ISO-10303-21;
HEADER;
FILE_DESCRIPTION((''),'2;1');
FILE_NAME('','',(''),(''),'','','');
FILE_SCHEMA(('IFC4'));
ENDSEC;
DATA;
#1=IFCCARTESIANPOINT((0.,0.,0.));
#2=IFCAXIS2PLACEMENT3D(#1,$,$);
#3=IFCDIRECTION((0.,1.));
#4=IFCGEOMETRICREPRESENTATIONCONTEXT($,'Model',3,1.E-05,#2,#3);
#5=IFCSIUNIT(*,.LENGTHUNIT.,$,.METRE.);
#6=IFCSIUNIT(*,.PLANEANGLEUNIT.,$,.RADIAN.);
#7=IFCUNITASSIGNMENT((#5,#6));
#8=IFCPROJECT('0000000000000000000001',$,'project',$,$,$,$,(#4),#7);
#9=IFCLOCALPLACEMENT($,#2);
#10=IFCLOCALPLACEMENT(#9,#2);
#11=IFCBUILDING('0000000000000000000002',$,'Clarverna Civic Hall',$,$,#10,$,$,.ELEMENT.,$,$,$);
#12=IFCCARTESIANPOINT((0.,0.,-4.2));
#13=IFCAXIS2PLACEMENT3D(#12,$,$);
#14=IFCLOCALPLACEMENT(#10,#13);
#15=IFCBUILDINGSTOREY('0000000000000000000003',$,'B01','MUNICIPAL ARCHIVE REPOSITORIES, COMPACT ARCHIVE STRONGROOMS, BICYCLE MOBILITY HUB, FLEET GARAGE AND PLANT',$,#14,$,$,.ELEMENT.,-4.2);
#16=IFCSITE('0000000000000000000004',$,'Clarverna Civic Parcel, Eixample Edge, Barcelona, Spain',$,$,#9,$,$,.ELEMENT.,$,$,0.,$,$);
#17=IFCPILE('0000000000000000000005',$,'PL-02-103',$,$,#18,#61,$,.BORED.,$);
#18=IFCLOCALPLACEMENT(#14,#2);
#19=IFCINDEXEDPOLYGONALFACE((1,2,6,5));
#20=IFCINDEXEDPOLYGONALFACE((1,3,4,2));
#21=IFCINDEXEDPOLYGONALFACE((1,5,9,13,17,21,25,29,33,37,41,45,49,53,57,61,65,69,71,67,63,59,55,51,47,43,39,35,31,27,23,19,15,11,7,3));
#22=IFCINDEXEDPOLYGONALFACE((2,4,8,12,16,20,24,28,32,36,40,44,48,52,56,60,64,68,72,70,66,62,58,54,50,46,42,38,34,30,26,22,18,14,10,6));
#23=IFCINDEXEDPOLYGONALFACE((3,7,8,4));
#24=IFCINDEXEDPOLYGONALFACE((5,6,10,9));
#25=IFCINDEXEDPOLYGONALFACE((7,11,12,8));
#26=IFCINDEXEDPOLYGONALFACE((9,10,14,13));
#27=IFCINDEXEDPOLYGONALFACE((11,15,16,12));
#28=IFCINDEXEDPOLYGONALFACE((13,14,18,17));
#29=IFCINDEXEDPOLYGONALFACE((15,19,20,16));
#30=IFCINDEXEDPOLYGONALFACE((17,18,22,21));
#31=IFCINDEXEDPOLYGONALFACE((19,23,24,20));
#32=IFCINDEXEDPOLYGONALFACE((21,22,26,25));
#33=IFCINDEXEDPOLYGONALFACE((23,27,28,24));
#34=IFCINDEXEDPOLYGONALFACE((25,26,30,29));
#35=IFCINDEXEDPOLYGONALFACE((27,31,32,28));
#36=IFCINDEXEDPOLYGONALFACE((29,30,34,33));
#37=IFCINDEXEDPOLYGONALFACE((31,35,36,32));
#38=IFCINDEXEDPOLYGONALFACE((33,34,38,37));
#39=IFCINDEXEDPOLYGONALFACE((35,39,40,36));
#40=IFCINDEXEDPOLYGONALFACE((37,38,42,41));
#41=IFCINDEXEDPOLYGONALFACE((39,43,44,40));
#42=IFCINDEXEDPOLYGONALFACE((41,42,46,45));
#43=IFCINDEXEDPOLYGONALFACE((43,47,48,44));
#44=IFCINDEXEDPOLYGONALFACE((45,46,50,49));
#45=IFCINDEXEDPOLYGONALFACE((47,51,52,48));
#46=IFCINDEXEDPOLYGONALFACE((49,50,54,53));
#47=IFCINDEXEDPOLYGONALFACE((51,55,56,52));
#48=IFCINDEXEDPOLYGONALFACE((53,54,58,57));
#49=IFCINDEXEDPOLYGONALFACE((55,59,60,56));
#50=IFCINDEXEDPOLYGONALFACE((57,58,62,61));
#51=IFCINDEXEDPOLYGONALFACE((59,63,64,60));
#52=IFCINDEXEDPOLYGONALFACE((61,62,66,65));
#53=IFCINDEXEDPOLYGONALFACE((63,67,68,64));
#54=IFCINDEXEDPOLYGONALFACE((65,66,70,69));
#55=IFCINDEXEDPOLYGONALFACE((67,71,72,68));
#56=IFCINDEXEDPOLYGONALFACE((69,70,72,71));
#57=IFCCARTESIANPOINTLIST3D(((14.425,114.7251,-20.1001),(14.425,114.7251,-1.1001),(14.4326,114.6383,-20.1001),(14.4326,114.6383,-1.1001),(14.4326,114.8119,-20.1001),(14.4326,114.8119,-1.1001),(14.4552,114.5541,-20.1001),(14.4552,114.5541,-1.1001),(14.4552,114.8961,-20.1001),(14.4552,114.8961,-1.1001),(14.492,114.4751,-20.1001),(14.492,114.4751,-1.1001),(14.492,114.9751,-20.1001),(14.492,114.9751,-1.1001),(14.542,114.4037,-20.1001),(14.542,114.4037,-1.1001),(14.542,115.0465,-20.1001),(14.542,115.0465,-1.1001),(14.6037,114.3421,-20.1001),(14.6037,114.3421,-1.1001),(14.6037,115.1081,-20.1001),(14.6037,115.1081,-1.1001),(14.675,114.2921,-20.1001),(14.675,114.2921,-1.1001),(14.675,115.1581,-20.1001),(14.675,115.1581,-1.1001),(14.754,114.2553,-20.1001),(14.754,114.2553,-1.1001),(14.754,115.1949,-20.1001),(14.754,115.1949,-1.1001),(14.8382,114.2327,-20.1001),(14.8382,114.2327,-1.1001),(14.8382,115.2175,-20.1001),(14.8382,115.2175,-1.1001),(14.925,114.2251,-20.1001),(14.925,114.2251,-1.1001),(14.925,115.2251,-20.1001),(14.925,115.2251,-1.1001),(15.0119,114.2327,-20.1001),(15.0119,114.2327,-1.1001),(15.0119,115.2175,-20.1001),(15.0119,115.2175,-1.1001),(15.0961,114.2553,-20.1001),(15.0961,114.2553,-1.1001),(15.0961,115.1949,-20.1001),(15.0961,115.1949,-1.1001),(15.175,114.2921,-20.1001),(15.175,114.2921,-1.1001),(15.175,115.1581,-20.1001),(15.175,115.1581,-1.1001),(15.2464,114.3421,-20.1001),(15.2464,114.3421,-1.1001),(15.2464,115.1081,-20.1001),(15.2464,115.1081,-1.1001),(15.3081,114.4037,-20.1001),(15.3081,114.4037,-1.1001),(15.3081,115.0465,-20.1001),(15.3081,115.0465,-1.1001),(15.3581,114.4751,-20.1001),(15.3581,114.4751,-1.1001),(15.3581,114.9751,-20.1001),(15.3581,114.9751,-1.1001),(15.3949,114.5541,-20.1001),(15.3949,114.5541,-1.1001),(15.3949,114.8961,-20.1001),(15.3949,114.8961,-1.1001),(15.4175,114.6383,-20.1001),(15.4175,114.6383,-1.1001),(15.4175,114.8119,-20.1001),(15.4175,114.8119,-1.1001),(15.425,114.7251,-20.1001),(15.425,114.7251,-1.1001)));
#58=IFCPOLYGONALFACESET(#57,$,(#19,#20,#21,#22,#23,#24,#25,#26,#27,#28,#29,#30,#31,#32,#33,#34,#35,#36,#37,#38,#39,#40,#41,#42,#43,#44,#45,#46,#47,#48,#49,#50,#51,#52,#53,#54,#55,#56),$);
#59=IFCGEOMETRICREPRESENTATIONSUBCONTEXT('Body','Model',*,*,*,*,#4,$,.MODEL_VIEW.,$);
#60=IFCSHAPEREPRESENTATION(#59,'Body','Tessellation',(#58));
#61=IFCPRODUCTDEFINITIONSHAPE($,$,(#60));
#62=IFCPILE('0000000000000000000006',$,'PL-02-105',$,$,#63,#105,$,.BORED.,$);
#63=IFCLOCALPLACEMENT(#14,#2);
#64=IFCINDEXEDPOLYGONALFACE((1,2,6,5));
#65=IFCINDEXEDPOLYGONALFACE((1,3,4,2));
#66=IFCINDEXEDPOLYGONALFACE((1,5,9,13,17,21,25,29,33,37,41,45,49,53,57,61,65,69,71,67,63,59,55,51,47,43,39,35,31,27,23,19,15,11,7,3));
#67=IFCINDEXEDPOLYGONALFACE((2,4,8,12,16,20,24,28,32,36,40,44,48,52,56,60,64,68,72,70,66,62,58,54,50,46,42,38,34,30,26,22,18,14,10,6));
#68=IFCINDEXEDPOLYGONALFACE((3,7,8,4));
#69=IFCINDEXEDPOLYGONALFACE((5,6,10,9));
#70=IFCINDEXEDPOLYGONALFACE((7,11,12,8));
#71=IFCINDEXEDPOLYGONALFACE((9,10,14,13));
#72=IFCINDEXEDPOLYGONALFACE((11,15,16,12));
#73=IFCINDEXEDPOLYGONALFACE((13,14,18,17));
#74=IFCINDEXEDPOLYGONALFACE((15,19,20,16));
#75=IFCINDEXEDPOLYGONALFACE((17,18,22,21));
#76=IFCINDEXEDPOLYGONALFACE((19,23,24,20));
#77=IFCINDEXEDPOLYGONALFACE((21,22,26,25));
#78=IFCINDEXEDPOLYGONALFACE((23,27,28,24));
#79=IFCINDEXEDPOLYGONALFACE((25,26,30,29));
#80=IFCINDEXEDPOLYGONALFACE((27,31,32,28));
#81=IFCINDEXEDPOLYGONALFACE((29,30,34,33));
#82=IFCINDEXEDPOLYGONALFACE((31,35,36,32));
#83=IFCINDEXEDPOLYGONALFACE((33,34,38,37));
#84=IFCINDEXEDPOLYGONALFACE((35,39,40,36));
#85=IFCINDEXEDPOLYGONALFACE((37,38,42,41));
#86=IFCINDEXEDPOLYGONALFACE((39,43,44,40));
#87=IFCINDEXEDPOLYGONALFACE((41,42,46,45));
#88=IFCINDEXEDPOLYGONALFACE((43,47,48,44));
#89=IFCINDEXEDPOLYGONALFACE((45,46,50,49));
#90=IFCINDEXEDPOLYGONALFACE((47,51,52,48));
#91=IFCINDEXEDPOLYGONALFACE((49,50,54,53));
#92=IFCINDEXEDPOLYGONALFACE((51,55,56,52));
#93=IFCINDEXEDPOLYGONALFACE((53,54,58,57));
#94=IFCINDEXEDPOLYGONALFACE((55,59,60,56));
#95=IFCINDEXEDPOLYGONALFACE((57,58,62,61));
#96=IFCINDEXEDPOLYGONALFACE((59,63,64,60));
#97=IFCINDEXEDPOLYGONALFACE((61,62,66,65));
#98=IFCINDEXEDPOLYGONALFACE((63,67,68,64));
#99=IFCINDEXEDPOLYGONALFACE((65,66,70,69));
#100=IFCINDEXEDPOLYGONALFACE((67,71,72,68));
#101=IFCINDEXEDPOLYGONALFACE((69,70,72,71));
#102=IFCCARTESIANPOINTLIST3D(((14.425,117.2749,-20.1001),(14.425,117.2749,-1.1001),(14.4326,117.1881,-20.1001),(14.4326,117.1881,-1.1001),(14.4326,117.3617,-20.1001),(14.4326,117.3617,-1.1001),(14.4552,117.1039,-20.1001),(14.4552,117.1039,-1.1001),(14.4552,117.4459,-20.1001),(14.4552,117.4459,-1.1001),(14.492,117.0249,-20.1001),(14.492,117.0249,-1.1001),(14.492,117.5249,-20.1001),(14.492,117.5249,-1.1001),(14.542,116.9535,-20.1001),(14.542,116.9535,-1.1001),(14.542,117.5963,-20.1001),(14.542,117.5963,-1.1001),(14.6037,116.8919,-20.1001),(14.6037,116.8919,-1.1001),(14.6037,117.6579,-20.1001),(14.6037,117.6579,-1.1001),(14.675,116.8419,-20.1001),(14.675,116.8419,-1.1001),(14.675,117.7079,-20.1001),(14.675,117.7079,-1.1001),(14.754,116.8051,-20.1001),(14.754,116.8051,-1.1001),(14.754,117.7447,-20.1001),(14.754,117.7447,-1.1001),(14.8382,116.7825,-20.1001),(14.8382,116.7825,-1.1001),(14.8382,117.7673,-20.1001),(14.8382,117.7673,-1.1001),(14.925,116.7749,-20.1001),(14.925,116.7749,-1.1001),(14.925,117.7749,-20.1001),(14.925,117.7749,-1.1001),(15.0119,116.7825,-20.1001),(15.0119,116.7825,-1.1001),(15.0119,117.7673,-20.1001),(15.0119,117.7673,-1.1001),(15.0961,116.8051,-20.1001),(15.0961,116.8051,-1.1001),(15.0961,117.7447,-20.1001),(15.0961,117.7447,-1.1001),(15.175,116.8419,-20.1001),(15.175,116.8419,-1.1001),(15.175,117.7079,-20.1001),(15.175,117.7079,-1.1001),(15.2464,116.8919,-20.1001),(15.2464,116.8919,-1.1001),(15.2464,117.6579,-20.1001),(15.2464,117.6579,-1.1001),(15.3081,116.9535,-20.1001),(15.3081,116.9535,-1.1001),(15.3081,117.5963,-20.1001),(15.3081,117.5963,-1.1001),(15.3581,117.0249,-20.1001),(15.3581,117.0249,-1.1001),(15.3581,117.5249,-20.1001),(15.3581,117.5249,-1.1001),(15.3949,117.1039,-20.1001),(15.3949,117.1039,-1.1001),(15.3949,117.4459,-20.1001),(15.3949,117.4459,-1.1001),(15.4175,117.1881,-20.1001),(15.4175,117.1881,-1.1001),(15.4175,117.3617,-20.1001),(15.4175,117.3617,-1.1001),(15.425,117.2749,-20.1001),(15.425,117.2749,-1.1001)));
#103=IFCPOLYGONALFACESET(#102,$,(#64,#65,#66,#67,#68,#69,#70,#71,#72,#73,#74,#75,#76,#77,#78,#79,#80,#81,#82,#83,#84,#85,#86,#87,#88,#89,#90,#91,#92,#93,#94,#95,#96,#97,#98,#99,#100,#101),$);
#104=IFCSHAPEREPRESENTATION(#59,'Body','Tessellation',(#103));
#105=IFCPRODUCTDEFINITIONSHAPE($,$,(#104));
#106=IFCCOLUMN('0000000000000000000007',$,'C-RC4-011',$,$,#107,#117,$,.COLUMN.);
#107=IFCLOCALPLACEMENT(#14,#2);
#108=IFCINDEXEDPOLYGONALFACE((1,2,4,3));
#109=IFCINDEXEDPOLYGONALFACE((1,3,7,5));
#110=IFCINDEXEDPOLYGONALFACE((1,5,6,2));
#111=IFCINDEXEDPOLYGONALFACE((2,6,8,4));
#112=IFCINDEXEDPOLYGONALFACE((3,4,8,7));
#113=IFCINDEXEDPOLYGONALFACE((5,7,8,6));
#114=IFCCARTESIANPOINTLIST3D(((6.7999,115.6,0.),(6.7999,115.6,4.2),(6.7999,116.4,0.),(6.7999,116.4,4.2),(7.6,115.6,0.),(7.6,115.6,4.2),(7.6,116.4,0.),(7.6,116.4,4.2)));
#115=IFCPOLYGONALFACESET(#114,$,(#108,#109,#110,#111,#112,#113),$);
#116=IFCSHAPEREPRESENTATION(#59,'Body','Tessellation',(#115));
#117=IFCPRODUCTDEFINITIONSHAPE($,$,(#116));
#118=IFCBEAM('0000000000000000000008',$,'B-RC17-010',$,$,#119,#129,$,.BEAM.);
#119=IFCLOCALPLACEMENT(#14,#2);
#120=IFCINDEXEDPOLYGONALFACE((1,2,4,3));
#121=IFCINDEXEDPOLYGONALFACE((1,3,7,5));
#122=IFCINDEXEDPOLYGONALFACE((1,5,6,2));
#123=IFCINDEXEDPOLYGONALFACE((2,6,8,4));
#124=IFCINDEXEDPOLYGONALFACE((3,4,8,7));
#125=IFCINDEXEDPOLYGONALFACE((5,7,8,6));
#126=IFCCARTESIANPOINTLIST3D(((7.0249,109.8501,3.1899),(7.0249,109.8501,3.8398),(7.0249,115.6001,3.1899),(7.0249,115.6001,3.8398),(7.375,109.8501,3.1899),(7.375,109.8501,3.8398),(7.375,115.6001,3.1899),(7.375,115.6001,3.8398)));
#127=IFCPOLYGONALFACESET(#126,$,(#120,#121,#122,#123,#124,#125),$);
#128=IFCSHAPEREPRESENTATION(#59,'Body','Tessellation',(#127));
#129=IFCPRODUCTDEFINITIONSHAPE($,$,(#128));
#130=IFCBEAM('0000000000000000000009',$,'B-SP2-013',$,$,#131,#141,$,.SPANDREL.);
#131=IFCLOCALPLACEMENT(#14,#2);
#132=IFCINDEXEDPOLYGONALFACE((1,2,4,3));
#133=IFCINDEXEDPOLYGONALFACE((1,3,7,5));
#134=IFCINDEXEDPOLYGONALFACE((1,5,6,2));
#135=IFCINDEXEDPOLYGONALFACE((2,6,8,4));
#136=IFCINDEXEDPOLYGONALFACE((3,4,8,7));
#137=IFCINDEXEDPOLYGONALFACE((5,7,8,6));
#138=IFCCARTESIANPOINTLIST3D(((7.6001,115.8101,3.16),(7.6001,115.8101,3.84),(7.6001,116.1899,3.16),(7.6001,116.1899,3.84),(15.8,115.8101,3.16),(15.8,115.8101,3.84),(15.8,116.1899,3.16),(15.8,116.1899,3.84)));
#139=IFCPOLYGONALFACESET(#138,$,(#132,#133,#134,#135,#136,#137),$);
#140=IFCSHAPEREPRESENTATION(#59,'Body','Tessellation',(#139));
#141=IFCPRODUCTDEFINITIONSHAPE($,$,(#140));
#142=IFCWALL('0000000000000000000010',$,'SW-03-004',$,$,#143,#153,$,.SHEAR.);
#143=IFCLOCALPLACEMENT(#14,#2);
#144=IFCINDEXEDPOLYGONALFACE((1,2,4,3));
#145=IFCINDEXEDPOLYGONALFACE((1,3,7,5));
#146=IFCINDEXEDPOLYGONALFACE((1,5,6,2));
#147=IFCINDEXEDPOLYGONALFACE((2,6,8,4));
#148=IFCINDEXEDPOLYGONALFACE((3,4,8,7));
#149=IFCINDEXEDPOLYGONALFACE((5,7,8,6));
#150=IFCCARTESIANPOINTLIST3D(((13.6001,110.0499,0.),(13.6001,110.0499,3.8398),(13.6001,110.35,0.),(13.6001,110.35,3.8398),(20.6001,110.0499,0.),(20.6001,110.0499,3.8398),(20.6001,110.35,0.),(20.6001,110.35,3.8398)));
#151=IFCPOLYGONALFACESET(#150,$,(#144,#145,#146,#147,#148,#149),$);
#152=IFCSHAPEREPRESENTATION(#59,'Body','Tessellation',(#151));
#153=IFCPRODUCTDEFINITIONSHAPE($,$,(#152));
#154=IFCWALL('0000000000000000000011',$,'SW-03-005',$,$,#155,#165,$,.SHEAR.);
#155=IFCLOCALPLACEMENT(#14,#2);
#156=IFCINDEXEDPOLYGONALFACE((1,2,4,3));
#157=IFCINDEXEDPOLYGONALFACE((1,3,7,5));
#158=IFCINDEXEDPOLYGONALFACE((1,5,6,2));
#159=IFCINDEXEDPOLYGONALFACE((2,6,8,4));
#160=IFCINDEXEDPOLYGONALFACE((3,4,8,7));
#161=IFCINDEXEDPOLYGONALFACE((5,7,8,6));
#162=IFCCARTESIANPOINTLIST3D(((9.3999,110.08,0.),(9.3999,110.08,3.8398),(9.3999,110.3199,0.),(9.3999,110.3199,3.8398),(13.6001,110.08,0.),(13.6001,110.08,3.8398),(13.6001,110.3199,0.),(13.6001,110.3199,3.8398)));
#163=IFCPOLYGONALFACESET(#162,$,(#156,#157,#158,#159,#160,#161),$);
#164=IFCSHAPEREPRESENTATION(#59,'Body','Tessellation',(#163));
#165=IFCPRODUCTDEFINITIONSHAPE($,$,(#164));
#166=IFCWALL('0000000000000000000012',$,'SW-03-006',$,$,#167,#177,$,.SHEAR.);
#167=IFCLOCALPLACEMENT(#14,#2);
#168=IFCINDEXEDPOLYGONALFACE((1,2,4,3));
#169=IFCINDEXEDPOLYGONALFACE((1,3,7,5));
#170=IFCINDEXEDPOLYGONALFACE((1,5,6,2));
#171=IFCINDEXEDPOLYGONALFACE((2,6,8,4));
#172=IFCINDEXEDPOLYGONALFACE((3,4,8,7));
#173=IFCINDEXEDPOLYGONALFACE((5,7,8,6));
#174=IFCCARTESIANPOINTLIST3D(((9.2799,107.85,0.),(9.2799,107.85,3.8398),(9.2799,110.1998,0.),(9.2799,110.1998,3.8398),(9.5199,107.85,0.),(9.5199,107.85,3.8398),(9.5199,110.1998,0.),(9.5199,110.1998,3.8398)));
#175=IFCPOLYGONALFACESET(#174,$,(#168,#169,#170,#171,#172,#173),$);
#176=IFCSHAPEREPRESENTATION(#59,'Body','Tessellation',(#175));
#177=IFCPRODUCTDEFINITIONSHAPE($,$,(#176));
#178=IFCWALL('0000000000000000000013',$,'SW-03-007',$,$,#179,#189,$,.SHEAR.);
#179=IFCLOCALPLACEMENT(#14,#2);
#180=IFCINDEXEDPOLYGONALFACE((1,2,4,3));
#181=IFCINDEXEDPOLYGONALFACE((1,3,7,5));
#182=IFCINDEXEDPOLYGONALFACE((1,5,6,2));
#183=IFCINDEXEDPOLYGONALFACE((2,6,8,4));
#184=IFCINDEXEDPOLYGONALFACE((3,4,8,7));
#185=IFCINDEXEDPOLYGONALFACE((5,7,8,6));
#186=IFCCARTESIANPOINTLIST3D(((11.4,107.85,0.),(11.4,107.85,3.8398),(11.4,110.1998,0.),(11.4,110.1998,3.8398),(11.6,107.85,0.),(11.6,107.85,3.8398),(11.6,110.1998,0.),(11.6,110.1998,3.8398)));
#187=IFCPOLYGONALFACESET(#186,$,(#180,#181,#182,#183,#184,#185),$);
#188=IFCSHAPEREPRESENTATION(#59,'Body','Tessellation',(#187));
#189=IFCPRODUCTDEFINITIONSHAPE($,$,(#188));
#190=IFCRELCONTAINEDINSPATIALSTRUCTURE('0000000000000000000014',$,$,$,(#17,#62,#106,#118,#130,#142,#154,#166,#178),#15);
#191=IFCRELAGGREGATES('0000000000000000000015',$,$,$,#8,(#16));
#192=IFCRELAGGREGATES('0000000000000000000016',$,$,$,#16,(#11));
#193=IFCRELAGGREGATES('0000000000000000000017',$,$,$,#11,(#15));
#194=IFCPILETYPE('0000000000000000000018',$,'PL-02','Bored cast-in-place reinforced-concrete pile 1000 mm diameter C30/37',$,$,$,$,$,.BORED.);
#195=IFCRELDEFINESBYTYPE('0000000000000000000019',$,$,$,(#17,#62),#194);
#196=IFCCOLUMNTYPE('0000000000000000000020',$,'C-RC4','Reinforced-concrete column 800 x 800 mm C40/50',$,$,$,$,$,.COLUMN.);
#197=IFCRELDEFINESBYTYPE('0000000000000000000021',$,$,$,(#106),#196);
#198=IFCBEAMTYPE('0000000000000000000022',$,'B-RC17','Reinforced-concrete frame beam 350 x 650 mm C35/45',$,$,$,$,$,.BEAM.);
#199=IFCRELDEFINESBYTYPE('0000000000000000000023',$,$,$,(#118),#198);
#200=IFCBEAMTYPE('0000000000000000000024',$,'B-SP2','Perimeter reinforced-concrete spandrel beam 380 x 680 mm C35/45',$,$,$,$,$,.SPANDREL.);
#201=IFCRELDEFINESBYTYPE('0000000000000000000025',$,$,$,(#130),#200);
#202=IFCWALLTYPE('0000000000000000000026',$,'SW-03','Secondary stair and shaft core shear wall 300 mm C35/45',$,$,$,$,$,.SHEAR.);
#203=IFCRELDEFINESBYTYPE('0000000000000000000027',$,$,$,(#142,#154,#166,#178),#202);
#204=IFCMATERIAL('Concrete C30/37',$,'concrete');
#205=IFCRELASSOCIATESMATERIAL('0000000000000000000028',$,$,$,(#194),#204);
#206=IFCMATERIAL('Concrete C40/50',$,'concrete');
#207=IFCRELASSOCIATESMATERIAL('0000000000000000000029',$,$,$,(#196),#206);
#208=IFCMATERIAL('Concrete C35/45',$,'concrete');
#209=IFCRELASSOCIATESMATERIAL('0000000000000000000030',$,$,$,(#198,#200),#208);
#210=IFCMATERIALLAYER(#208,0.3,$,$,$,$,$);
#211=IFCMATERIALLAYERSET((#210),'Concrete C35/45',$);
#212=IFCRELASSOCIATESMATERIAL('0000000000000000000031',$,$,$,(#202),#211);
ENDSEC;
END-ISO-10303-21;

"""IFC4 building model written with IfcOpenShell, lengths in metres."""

from ifc_helpers import new_model, si_unit, direction, frame, frame_2d, origin, origin_2d, place, context, subcontext, project, spatial, rectangle, circle, extrude, material, layer, layer_set, material_profile, profile_set, type_object, element, save


model = new_model("IFC4")

# Units and contexts
model_context = context("Model", 3, precision=1e-05, world=origin(), true_north=direction((0.0, 1.0)))
body_context = subcontext(model_context, "Body", "Model", "MODEL_VIEW")
ifc_project = project(units=[si_unit("LENGTHUNIT", "METRE"), si_unit("PLANEANGLEUNIT", "RADIAN")], contexts=[model_context])

# Site, building, storey
site_placement = place(None, origin())
site = spatial("IfcSite", under=ifc_project, at=site_placement, Name="Clarverna Civic Parcel, Eixample Edge, Barcelona, Spain", CompositionType="ELEMENT", RefElevation=0.0)
building_placement = place(site_placement, origin())
building = spatial("IfcBuilding", under=site, at=building_placement, Name="Clarverna Civic Hall", CompositionType="ELEMENT")
storey_placement = place(building_placement, frame((0.0, 0.0, -4.2)))
storey = spatial("IfcBuildingStorey", under=building, at=storey_placement, Name="B01", Description="MUNICIPAL ARCHIVE REPOSITORIES, COMPACT ARCHIVE STRONGROOMS, BICYCLE MOBILITY HUB, FLEET GARAGE AND PLANT", CompositionType="ELEMENT", Elevation=-4.2)

# Shared definitions
ifc_material_1 = material(Name="Concrete C30/37", Category="concrete")

# Piles
ifc_material_profile_1 = material_profile(ifc_material_1, circle(Radius=0.5, at=origin_2d()), Name="BORED PILE D1000")
ifc_profile_set_1 = profile_set([ifc_material_profile_1], Name="Concrete C30/37")
pile_type_1 = type_object("IfcPileType", Name="PL-02", Description="Bored cast-in-place reinforced-concrete pile 1000 mm diameter C30/37", PredefinedType="BORED", material=ifc_profile_set_1)
for number, where, z_axis, x_axis, name in (
    (1, (14.925, 114.7251, -1.1001), (0.0, 0.0, -1.0), (1.0, 0.0, 0.0), "PL-02-103"),
    (2, (14.925, 117.2749, -1.1001), (0.0, 0.0, -1.0), (1.0, 0.0, 0.0), "PL-02-105"),
):
    element("IfcPile", number, at=place(storey_placement, frame(where, z_axis=z_axis, x_axis=x_axis)), inside=storey, type_object=pile_type_1, Name=name, PredefinedType="BORED", context=body_context, shape_type="SweptSolid", body=[
        extrude(circle(Radius=0.5, at=origin_2d()), origin(), (0.0, 0.0, 1.0), 19.0),
    ])

# Column
ifc_material_2 = material(Name="Concrete C40/50", Category="concrete")
ifc_material_profile_2 = material_profile(ifc_material_2, rectangle(XDim=0.8, YDim=0.8, at=origin_2d()), Name="RC 800x800")
ifc_profile_set_2 = profile_set([ifc_material_profile_2], Name="Concrete C40/50")
column_type = type_object("IfcColumnType", Name="C-RC4", Description="Reinforced-concrete column 800 x 800 mm C40/50", PredefinedType="COLUMN", material=ifc_profile_set_2)
column_placement = place(storey_placement, frame((7.2, 116.0, 0.0), z_axis=(0.0, 0.0, 1.0), x_axis=(1.0, 0.0, 0.0)))
element("IfcColumn", 3, at=column_placement, inside=storey, type_object=column_type, Name="C-RC4-011", PredefinedType="COLUMN", context=body_context, shape_type="SweptSolid", body=[
    extrude(rectangle(XDim=0.8, YDim=0.8, at=origin_2d()), origin(), (0.0, 0.0, 1.0), 4.2),
])

# Beams
ifc_material_3 = material(Name="Concrete C35/45", Category="concrete")
ifc_material_profile_3 = material_profile(ifc_material_3, rectangle(XDim=0.3501, YDim=0.6499, at=origin_2d()), Name="RC 350x650")
ifc_profile_set_3 = profile_set([ifc_material_profile_3], Name="Concrete C35/45")
beam_type_1 = type_object("IfcBeamType", Name="B-RC17", Description="Reinforced-concrete frame beam 350 x 650 mm C35/45", PredefinedType="BEAM", material=ifc_profile_set_3)
beam_1_placement = place(storey_placement, frame((7.2, 109.8501, 3.5149), z_axis=(0.0, 1.0, 0.0), x_axis=(-1.0, 0.0, 0.0)))
element("IfcBeam", 4, at=beam_1_placement, inside=storey, type_object=beam_type_1, Name="B-RC17-010", PredefinedType="BEAM", context=body_context, shape_type="SweptSolid", body=[
    extrude(rectangle(XDim=0.3501, YDim=0.6499, at=origin_2d()), origin(), (0.0, 0.0, 1.0), 5.75),
])
ifc_material_profile_4 = material_profile(ifc_material_3, rectangle(XDim=0.3799, YDim=0.6799, at=origin_2d()), Name="RC 380x680")
ifc_profile_set_4 = profile_set([ifc_material_profile_4], Name="Concrete C35/45")
beam_type_2 = type_object("IfcBeamType", Name="B-SP2", Description="Perimeter reinforced-concrete spandrel beam 380 x 680 mm C35/45", PredefinedType="SPANDREL", material=ifc_profile_set_4)
beam_2_placement = place(storey_placement, frame((7.6001, 116.0, 3.5), z_axis=(1.0, 0.0, 0.0), x_axis=(0.0, 1.0, 0.0)))
element("IfcBeam", 5, at=beam_2_placement, inside=storey, type_object=beam_type_2, Name="B-SP2-013", PredefinedType="SPANDREL", context=body_context, shape_type="SweptSolid", body=[
    extrude(rectangle(XDim=0.3799, YDim=0.6799, at=origin_2d()), origin(), (0.0, 0.0, 1.0), 8.2),
])

# Walls
ifc_layer = layer(ifc_material_3, 0.3)
ifc_layer_set = layer_set([ifc_layer], Name="Concrete C35/45")
wall_type = type_object("IfcWallType", Name="SW-03", Description="Secondary stair and shaft core shear wall 300 mm C35/45", PredefinedType="SHEAR", material=ifc_layer_set)
wall_1_placement = place(storey_placement, frame((13.6001, 110.2, 0.0), z_axis=(0.0, 0.0, 1.0), x_axis=(1.0, 0.0, 0.0)))
element("IfcWall", 6, at=wall_1_placement, inside=storey, type_object=wall_type, Name="SW-03-004", PredefinedType="SHEAR", context=body_context, shape_type="SweptSolid", body=[
    extrude(rectangle(XDim=7.0, YDim=0.3, at=frame_2d((3.5, 0.0))), origin(), (0.0, 0.0, 1.0), 3.8398),
])
wall_2_placement = place(storey_placement, frame((9.3999, 110.2, 0.0), z_axis=(0.0, 0.0, 1.0), x_axis=(1.0, 0.0, 0.0)))
element("IfcWall", 7, at=wall_2_placement, inside=storey, type_object=wall_type, Name="SW-03-005", PredefinedType="SHEAR", context=body_context, shape_type="SweptSolid", body=[
    extrude(rectangle(XDim=4.2002, YDim=0.24, at=frame_2d((2.1001, 0.0))), origin(), (0.0, 0.0, 1.0), 3.8398),
])
wall_3_placement = place(storey_placement, frame((9.3999, 107.8501, 0.0), z_axis=(0.0, 0.0, 1.0), x_axis=(0.0, 1.0, 0.0)))
element("IfcWall", 8, at=wall_3_placement, inside=storey, type_object=wall_type, Name="SW-03-006", PredefinedType="SHEAR", context=body_context, shape_type="SweptSolid", body=[
    extrude(rectangle(XDim=2.3499, YDim=0.24, at=frame_2d((1.1748, 0.0))), origin(), (0.0, 0.0, 1.0), 3.8398),
])
wall_4_placement = place(storey_placement, frame((11.5, 107.8501, 0.0), z_axis=(0.0, 0.0, 1.0), x_axis=(0.0, 1.0, 0.0)))
element("IfcWall", 9, at=wall_4_placement, inside=storey, type_object=wall_type, Name="SW-03-007", PredefinedType="SHEAR", context=body_context, shape_type="SweptSolid", body=[
    extrude(rectangle(XDim=2.3499, YDim=0.2, at=frame_2d((1.1748, 0.0))), origin(), (0.0, 0.0, 1.0), 3.8398),
])

save(model, "model.ifc")
